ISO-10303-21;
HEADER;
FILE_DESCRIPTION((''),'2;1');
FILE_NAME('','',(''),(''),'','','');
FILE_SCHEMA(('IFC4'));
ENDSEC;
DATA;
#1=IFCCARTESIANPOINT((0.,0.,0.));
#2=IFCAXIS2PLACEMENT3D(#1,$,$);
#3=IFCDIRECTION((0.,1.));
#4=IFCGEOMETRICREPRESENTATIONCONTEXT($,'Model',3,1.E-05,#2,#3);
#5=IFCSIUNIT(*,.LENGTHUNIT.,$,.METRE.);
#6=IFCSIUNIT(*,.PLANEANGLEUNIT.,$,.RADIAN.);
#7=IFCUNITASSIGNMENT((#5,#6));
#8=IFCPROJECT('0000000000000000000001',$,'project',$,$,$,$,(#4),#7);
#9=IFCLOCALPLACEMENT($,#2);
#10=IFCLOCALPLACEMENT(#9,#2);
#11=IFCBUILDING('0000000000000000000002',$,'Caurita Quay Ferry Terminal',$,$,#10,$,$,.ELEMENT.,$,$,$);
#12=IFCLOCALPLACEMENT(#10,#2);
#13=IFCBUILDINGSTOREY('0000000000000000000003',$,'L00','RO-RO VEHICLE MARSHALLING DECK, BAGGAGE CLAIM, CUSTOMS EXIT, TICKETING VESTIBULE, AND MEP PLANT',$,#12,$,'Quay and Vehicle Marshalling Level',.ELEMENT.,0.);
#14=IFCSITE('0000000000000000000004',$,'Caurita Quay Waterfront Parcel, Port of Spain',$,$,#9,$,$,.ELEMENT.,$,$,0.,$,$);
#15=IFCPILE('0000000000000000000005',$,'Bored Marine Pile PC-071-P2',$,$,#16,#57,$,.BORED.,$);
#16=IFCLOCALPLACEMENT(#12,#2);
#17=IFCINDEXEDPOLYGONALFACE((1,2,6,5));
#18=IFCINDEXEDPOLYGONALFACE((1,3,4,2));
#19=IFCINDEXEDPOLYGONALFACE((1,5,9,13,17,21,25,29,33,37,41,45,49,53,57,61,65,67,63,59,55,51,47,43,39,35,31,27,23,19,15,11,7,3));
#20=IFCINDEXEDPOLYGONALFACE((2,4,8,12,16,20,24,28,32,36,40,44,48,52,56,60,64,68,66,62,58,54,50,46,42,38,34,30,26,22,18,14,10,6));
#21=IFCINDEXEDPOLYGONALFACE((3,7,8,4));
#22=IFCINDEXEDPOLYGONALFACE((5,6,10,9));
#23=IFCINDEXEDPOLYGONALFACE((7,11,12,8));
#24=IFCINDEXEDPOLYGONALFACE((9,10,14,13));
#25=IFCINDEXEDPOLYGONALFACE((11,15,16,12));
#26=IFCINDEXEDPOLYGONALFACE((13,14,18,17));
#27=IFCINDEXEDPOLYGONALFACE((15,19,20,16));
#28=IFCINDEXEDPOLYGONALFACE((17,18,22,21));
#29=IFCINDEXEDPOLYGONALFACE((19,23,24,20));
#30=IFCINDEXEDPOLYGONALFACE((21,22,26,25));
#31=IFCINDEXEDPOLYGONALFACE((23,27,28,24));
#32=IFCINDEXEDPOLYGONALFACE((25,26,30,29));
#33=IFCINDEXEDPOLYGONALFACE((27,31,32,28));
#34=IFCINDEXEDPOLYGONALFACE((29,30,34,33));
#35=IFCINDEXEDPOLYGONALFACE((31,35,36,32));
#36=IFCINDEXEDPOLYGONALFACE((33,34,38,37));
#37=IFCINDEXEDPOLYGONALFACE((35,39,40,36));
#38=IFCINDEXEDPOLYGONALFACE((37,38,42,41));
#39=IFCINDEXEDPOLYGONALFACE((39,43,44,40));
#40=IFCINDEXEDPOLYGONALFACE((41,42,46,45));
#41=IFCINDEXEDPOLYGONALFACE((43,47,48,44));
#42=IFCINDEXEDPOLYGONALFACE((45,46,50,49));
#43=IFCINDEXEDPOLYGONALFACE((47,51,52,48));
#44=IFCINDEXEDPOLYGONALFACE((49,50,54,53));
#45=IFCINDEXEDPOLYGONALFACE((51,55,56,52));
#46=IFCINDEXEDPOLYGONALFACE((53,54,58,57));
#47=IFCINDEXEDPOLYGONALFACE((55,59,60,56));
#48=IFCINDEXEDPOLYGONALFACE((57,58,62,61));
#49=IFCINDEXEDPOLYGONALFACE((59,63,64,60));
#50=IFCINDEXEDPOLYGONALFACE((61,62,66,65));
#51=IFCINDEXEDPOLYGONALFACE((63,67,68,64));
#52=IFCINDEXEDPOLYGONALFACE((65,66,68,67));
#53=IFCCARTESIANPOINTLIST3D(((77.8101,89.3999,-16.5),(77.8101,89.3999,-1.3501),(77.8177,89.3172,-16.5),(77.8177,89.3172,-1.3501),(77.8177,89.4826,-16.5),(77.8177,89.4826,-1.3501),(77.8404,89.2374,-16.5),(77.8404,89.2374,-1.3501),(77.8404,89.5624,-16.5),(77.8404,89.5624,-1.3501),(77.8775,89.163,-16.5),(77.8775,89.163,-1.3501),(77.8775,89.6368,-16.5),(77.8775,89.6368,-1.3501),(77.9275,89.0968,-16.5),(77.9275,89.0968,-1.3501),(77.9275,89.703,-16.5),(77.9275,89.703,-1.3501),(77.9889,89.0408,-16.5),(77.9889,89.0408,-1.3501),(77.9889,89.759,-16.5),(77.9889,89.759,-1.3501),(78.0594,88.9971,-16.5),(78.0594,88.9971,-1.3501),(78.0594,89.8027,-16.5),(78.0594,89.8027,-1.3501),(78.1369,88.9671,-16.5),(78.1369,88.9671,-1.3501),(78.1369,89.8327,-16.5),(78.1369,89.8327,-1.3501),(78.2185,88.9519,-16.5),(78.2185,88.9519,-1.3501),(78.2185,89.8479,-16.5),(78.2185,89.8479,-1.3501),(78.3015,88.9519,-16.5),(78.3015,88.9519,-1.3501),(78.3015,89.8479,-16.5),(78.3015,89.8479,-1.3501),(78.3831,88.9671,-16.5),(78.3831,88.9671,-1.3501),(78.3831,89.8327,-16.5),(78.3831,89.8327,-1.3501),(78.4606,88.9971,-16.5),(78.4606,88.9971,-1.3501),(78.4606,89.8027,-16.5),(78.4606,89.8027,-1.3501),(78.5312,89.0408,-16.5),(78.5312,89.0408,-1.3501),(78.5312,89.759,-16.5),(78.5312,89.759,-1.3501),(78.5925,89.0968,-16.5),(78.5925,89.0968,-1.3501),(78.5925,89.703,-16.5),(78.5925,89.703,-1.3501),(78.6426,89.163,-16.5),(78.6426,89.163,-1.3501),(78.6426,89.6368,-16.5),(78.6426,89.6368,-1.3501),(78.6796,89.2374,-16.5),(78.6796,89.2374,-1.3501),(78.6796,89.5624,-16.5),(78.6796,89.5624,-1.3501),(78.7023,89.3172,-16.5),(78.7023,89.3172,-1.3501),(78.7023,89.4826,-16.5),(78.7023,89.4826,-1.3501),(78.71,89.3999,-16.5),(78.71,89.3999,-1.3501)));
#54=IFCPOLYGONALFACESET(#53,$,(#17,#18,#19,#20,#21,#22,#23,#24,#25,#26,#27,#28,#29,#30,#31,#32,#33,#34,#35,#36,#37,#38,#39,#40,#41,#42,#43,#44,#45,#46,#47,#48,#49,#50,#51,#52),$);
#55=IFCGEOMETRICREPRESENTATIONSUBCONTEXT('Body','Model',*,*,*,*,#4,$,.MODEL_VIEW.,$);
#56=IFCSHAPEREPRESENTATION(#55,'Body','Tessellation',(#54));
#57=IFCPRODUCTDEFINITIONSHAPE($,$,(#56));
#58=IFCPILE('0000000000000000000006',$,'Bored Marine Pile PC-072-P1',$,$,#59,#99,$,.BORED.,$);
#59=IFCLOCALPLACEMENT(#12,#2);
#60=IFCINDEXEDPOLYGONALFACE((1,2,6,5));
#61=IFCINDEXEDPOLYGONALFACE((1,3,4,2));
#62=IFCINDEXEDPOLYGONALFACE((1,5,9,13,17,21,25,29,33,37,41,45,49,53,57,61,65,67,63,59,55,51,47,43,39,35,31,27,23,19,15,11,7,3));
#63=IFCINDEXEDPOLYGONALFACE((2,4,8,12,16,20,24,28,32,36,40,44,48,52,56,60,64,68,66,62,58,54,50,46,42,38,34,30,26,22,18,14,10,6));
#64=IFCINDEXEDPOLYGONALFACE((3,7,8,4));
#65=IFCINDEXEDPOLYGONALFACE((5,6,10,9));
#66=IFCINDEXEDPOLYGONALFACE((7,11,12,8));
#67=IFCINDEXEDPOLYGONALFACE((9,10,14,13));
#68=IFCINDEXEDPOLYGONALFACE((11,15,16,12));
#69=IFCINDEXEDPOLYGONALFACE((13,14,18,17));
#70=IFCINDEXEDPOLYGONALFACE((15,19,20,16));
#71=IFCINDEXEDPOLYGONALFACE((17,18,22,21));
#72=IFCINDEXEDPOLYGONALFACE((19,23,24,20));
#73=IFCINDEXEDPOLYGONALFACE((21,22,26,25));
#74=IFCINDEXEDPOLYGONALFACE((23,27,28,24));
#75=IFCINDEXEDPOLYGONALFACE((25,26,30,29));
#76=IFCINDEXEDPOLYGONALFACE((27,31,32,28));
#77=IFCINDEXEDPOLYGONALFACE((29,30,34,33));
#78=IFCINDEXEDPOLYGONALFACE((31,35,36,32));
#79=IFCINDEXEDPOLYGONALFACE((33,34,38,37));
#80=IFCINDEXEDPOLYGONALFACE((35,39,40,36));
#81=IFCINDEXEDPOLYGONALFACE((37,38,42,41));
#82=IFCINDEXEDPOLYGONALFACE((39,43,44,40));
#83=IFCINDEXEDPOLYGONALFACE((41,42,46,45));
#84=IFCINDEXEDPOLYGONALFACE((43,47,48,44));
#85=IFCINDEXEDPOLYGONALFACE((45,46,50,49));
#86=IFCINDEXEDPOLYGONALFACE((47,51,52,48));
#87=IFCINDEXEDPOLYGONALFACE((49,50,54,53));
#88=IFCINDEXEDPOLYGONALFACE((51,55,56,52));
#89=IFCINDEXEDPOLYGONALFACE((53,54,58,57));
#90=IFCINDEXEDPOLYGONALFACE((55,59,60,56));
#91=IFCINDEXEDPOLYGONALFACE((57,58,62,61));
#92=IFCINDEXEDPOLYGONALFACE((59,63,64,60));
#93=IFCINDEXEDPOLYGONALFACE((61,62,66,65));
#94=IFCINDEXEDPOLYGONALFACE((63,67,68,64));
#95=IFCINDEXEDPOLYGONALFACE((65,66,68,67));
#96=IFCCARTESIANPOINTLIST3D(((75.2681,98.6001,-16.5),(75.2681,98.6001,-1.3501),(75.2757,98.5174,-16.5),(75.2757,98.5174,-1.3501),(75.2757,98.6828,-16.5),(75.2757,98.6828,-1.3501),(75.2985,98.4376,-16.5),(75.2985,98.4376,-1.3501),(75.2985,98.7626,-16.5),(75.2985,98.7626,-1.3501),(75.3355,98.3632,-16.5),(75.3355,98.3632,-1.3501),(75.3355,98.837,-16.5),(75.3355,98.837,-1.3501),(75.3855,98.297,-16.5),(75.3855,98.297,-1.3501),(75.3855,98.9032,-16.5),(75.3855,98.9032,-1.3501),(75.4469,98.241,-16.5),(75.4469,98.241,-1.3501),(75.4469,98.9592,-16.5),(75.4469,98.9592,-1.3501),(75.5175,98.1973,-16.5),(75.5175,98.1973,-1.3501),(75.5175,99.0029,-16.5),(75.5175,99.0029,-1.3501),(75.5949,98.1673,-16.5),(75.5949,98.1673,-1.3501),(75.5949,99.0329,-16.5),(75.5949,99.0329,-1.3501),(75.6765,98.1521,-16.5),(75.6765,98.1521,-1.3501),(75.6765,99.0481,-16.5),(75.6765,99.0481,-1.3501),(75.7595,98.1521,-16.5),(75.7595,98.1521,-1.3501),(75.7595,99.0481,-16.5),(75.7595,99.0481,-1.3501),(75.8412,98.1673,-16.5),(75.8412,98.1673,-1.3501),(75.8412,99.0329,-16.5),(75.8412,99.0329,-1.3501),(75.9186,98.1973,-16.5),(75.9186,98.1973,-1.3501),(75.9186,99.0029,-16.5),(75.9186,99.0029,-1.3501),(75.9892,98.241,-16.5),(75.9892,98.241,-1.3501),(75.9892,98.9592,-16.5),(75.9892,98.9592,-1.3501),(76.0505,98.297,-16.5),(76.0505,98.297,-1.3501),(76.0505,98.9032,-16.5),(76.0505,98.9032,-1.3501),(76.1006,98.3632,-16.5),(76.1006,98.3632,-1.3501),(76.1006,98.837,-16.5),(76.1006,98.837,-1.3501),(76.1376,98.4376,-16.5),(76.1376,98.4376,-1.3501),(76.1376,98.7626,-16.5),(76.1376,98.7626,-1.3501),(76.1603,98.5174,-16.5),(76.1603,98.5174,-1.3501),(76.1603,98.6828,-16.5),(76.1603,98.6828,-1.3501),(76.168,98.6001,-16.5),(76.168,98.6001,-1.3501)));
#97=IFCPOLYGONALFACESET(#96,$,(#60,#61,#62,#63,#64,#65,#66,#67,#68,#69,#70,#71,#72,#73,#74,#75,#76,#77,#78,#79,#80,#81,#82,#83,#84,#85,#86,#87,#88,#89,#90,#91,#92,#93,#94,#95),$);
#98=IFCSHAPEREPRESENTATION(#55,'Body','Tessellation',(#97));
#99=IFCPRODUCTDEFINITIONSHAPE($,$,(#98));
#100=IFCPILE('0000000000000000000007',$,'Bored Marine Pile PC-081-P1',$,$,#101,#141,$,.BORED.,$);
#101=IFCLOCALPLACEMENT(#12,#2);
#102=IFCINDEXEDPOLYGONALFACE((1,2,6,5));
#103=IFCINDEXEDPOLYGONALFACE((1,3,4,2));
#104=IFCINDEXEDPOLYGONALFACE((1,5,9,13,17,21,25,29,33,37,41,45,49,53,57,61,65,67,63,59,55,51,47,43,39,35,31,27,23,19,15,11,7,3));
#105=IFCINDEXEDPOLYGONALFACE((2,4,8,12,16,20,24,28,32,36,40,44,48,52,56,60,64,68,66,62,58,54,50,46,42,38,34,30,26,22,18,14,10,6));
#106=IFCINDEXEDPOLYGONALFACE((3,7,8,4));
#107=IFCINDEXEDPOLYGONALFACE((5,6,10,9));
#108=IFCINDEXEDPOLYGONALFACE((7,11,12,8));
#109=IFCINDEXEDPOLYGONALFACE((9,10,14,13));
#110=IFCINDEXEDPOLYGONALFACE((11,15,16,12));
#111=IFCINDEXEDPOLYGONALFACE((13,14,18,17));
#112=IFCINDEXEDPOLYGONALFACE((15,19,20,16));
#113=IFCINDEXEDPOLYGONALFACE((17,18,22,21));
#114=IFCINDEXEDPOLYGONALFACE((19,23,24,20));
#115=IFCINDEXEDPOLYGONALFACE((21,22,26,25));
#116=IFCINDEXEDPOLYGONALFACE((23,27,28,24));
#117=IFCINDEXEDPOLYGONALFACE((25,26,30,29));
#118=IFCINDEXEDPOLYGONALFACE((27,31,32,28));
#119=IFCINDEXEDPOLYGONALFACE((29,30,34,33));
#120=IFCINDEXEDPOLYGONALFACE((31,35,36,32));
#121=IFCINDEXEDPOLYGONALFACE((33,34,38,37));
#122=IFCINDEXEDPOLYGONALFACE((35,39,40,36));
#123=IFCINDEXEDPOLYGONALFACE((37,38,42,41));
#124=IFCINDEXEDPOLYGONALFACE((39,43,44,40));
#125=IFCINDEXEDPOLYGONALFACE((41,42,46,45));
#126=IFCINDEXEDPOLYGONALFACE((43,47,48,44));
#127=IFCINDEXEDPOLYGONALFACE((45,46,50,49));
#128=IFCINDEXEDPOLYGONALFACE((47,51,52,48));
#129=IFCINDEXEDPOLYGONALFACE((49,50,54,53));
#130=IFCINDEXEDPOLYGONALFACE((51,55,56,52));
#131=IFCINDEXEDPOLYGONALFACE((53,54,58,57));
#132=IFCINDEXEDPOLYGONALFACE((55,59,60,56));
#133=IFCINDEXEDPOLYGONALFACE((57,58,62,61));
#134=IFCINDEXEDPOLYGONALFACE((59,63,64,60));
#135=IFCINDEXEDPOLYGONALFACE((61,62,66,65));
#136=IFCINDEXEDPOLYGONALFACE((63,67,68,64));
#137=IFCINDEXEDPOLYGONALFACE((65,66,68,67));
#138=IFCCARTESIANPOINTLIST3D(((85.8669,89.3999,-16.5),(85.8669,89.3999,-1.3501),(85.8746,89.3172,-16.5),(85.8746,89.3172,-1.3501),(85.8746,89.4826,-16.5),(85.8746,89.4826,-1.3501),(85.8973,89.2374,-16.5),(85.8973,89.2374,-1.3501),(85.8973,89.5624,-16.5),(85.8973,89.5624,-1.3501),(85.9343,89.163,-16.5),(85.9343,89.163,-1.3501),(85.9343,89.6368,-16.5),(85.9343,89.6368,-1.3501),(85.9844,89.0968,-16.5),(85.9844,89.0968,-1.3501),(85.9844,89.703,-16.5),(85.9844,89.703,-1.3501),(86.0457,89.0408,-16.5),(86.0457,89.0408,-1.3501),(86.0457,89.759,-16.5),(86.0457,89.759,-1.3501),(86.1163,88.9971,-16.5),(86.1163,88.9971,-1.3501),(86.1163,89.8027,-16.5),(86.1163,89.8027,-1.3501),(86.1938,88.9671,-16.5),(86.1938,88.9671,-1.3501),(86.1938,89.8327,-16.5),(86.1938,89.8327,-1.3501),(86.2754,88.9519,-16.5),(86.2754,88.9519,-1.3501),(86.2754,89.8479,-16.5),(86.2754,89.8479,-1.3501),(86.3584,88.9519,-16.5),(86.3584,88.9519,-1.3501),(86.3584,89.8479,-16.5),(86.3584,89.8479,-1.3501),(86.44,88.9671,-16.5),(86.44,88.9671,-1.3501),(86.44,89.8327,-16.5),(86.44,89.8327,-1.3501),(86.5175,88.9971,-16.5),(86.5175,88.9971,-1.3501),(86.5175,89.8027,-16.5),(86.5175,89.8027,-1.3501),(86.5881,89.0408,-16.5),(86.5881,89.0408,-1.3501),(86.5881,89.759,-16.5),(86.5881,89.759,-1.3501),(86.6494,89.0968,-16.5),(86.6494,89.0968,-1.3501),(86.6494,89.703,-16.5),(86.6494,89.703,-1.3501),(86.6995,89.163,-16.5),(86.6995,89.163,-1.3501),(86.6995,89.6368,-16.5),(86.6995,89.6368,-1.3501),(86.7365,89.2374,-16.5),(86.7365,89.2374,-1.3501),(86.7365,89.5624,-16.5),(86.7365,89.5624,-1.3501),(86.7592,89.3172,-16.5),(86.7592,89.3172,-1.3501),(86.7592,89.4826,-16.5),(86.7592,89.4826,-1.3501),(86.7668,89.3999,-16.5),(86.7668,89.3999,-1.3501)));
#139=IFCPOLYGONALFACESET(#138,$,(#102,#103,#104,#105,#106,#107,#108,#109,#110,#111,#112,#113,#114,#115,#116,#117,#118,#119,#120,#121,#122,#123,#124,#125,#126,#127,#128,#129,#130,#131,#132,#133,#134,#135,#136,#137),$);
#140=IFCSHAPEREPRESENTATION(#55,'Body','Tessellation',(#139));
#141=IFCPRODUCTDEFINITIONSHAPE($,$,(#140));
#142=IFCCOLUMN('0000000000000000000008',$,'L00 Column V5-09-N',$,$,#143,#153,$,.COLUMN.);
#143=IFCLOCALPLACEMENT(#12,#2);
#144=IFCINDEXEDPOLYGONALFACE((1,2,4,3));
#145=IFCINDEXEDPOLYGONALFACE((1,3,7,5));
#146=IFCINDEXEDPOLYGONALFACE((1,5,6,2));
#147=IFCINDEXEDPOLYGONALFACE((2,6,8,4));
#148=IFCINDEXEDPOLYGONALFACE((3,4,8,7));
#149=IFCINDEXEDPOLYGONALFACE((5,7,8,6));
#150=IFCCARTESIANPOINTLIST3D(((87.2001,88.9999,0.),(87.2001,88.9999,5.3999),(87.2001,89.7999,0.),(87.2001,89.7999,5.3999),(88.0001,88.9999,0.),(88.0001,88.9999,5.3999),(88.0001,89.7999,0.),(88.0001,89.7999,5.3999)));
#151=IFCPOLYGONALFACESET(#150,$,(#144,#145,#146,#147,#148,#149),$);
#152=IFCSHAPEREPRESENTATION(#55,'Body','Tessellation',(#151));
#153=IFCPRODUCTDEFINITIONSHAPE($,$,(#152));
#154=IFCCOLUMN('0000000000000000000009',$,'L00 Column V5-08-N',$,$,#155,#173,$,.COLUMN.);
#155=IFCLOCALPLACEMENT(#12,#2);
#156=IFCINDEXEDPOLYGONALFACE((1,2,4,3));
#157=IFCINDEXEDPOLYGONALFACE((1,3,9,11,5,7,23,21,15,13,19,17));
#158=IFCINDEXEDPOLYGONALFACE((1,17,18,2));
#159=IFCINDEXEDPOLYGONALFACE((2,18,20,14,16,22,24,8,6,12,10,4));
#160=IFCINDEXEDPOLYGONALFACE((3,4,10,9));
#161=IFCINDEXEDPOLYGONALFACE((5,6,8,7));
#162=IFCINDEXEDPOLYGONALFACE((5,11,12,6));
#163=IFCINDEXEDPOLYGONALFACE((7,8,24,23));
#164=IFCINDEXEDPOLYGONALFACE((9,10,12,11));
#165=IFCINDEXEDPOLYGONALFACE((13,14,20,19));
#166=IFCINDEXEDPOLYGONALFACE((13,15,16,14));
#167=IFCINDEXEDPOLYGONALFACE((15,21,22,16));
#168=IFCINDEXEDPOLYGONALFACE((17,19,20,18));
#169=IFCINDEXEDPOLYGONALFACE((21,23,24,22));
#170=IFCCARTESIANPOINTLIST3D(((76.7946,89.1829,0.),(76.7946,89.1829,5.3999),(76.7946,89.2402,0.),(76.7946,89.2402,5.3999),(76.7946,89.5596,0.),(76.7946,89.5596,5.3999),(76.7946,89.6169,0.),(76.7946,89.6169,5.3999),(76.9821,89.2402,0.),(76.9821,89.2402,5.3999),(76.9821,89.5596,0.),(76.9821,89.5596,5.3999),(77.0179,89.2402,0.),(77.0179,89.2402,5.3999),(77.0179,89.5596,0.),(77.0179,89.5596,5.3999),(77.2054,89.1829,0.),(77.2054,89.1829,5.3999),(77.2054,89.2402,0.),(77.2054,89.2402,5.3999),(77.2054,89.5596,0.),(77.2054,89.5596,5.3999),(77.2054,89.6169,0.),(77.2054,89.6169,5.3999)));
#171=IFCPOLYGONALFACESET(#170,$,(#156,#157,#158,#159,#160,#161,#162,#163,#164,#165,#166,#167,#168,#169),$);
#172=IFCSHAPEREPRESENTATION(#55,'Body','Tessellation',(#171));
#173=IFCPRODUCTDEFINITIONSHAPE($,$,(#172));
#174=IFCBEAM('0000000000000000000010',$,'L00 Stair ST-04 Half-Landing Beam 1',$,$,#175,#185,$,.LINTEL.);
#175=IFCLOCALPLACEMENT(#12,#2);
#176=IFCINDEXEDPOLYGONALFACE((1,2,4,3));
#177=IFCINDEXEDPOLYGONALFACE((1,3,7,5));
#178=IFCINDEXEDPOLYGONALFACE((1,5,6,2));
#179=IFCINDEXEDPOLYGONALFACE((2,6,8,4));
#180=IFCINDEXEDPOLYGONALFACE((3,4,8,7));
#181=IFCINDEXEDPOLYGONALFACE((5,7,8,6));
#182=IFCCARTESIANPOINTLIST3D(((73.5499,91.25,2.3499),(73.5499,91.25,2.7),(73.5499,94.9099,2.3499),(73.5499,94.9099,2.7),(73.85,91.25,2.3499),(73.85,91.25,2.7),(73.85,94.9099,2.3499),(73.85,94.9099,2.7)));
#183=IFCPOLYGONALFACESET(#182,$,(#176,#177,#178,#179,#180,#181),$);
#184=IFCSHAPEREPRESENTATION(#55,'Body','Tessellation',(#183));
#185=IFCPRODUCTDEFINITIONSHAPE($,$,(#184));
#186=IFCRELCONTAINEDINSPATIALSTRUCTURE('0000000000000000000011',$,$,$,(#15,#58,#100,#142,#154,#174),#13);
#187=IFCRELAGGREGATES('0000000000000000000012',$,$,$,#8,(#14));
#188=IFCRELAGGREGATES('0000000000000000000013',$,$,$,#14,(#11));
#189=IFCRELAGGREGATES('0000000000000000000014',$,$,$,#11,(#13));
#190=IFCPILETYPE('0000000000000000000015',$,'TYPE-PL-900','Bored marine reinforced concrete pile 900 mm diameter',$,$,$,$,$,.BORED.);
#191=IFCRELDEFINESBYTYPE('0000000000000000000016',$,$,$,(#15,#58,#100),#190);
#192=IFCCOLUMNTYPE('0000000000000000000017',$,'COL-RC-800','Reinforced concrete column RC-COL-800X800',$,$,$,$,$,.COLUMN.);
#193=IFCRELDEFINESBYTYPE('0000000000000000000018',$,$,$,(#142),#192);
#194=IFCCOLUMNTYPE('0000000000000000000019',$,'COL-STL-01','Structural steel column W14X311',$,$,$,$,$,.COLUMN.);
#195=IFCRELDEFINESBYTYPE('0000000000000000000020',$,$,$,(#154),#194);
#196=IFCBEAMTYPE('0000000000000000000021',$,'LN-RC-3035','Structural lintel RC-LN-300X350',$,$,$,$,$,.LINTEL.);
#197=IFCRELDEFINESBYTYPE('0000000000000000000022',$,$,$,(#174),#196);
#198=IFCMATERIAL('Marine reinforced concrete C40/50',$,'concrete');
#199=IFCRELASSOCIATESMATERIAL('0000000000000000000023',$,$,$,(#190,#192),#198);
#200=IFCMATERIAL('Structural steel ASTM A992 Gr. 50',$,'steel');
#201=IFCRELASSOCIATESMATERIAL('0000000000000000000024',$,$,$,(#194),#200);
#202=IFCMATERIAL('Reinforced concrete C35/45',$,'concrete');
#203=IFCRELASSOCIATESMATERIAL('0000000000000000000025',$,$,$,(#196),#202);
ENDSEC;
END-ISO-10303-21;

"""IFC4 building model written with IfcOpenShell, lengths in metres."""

from ifc_helpers import new_model, si_unit, direction, frame, origin, origin_2d, place, context, subcontext, project, spatial, rectangle, circle, i_section, extrude, material, material_profile, profile_set, type_object, element, save


model = new_model("IFC4")

# Units and contexts
model_context = context("Model", 3, precision=1e-05, world=origin(), true_north=direction((0.0, 1.0)))
body_context = subcontext(model_context, "Body", "Model", "MODEL_VIEW")
ifc_project = project(units=[si_unit("LENGTHUNIT", "METRE"), si_unit("PLANEANGLEUNIT", "RADIAN")], contexts=[model_context])

# Site, building, storey
site_placement = place(None, origin())
site = spatial("IfcSite", under=ifc_project, at=site_placement, Name="Caurita Quay Waterfront Parcel, Port of Spain", CompositionType="ELEMENT", RefElevation=0.0)
building_placement = place(site_placement, origin())
building = spatial("IfcBuilding", under=site, at=building_placement, Name="Caurita Quay Ferry Terminal", CompositionType="ELEMENT")
storey_placement = place(building_placement, origin())
storey = spatial("IfcBuildingStorey", under=building, at=storey_placement, Name="L00", Description="RO-RO VEHICLE MARSHALLING DECK, BAGGAGE CLAIM, CUSTOMS EXIT, TICKETING VESTIBULE, AND MEP PLANT", LongName="Quay and Vehicle Marshalling Level", CompositionType="ELEMENT", Elevation=0.0)

# Piles
ifc_material_1 = material(Name="Marine reinforced concrete C40/50", Category="concrete")
ifc_material_profile_1 = material_profile(ifc_material_1, circle(Radius=0.45, at=origin_2d()), Name="PILE-D900")
ifc_profile_set_1 = profile_set([ifc_material_profile_1], Name="Marine reinforced concrete C40/50")
pile_type = type_object("IfcPileType", Name="TYPE-PL-900", Description="Bored marine reinforced concrete pile 900 mm diameter", PredefinedType="BORED", material=ifc_profile_set_1)
for number, where, z_axis, x_axis, name in (
    (1, (78.26, 89.3999, -1.3501), (0.0, 0.0, -1.0), (1.0, 0.0, 0.0), "Bored Marine Pile PC-071-P2"),
    (2, (75.718, 98.6001, -1.3501), (0.0, 0.0, -1.0), (1.0, 0.0, 0.0), "Bored Marine Pile PC-072-P1"),
    (3, (86.3169, 89.3999, -1.3501), (0.0, 0.0, -1.0), (1.0, 0.0, 0.0), "Bored Marine Pile PC-081-P1"),
):
    element("IfcPile", number, at=place(storey_placement, frame(where, z_axis=z_axis, x_axis=x_axis)), inside=storey, type_object=pile_type, Name=name, PredefinedType="BORED", context=body_context, shape_type="SweptSolid", body=[
        extrude(circle(Radius=0.45, at=origin_2d()), origin(), (0.0, 0.0, 1.0), 15.1499),
    ])

# Columns
ifc_material_profile_2 = material_profile(ifc_material_1, rectangle(XDim=0.8, YDim=0.8, at=origin_2d()), Name="RC-COL-800X800")
ifc_profile_set_2 = profile_set([ifc_material_profile_2], Name="Marine reinforced concrete C40/50")
column_type_1 = type_object("IfcColumnType", Name="COL-RC-800", Description="Reinforced concrete column RC-COL-800X800", PredefinedType="COLUMN", material=ifc_profile_set_2)
column_1_placement = place(storey_placement, frame((87.6001, 89.3999, 0.0), z_axis=(0.0, 0.0, 1.0), x_axis=(1.0, 0.0, 0.0)))
element("IfcColumn", 4, at=column_1_placement, inside=storey, type_object=column_type_1, Name="L00 Column V5-09-N", PredefinedType="COLUMN", context=body_context, shape_type="SweptSolid", body=[
    extrude(rectangle(XDim=0.8, YDim=0.8, at=origin_2d()), origin(), (0.0, 0.0, 1.0), 5.3999),
])
ifc_material_2 = material(Name="Structural steel ASTM A992 Gr. 50", Category="steel")
ifc_material_profile_3 = material_profile(ifc_material_2, i_section(OverallWidth=0.4109, OverallDepth=0.4341, WebThickness=0.0359, FlangeThickness=0.0574, at=origin_2d()), Name="W14X311")
ifc_profile_set_3 = profile_set([ifc_material_profile_3], Name="Structural steel ASTM A992 Gr. 50")
column_type_2 = type_object("IfcColumnType", Name="COL-STL-01", Description="Structural steel column W14X311", PredefinedType="COLUMN", material=ifc_profile_set_3)
column_2_placement = place(storey_placement, frame((77.0, 89.3999, 0.0), z_axis=(0.0, 0.0, 1.0), x_axis=(1.0, 0.0, 0.0)))
element("IfcColumn", 5, at=column_2_placement, inside=storey, type_object=column_type_2, Name="L00 Column V5-08-N", PredefinedType="COLUMN", context=body_context, shape_type="SweptSolid", body=[
    extrude(i_section(OverallWidth=0.4109, OverallDepth=0.4341, WebThickness=0.0359, FlangeThickness=0.0574, at=origin_2d()), origin(), (0.0, 0.0, 1.0), 5.3999),
])

# Beam
ifc_material_3 = material(Name="Reinforced concrete C35/45", Category="concrete")
ifc_material_profile_4 = material_profile(ifc_material_3, rectangle(XDim=0.3, YDim=0.3501, at=origin_2d()), Name="RC-LN-300X350")
ifc_profile_set_4 = profile_set([ifc_material_profile_4], Name="Reinforced concrete C35/45")
beam_type = type_object("IfcBeamType", Name="LN-RC-3035", Description="Structural lintel RC-LN-300X350", PredefinedType="LINTEL", material=ifc_profile_set_4)
beam_placement = place(storey_placement, frame((73.7, 91.25, 2.5249), z_axis=(0.0, 1.0, 0.0), x_axis=(-1.0, 0.0, 0.0)))
element("IfcBeam", 6, at=beam_placement, inside=storey, type_object=beam_type, Name="L00 Stair ST-04 Half-Landing Beam 1", PredefinedType="LINTEL", context=body_context, shape_type="SweptSolid", body=[
    extrude(rectangle(XDim=0.3, YDim=0.3501, at=origin_2d()), origin(), (0.0, 0.0, 1.0), 3.6599),
])

save(model, "model.ifc")
